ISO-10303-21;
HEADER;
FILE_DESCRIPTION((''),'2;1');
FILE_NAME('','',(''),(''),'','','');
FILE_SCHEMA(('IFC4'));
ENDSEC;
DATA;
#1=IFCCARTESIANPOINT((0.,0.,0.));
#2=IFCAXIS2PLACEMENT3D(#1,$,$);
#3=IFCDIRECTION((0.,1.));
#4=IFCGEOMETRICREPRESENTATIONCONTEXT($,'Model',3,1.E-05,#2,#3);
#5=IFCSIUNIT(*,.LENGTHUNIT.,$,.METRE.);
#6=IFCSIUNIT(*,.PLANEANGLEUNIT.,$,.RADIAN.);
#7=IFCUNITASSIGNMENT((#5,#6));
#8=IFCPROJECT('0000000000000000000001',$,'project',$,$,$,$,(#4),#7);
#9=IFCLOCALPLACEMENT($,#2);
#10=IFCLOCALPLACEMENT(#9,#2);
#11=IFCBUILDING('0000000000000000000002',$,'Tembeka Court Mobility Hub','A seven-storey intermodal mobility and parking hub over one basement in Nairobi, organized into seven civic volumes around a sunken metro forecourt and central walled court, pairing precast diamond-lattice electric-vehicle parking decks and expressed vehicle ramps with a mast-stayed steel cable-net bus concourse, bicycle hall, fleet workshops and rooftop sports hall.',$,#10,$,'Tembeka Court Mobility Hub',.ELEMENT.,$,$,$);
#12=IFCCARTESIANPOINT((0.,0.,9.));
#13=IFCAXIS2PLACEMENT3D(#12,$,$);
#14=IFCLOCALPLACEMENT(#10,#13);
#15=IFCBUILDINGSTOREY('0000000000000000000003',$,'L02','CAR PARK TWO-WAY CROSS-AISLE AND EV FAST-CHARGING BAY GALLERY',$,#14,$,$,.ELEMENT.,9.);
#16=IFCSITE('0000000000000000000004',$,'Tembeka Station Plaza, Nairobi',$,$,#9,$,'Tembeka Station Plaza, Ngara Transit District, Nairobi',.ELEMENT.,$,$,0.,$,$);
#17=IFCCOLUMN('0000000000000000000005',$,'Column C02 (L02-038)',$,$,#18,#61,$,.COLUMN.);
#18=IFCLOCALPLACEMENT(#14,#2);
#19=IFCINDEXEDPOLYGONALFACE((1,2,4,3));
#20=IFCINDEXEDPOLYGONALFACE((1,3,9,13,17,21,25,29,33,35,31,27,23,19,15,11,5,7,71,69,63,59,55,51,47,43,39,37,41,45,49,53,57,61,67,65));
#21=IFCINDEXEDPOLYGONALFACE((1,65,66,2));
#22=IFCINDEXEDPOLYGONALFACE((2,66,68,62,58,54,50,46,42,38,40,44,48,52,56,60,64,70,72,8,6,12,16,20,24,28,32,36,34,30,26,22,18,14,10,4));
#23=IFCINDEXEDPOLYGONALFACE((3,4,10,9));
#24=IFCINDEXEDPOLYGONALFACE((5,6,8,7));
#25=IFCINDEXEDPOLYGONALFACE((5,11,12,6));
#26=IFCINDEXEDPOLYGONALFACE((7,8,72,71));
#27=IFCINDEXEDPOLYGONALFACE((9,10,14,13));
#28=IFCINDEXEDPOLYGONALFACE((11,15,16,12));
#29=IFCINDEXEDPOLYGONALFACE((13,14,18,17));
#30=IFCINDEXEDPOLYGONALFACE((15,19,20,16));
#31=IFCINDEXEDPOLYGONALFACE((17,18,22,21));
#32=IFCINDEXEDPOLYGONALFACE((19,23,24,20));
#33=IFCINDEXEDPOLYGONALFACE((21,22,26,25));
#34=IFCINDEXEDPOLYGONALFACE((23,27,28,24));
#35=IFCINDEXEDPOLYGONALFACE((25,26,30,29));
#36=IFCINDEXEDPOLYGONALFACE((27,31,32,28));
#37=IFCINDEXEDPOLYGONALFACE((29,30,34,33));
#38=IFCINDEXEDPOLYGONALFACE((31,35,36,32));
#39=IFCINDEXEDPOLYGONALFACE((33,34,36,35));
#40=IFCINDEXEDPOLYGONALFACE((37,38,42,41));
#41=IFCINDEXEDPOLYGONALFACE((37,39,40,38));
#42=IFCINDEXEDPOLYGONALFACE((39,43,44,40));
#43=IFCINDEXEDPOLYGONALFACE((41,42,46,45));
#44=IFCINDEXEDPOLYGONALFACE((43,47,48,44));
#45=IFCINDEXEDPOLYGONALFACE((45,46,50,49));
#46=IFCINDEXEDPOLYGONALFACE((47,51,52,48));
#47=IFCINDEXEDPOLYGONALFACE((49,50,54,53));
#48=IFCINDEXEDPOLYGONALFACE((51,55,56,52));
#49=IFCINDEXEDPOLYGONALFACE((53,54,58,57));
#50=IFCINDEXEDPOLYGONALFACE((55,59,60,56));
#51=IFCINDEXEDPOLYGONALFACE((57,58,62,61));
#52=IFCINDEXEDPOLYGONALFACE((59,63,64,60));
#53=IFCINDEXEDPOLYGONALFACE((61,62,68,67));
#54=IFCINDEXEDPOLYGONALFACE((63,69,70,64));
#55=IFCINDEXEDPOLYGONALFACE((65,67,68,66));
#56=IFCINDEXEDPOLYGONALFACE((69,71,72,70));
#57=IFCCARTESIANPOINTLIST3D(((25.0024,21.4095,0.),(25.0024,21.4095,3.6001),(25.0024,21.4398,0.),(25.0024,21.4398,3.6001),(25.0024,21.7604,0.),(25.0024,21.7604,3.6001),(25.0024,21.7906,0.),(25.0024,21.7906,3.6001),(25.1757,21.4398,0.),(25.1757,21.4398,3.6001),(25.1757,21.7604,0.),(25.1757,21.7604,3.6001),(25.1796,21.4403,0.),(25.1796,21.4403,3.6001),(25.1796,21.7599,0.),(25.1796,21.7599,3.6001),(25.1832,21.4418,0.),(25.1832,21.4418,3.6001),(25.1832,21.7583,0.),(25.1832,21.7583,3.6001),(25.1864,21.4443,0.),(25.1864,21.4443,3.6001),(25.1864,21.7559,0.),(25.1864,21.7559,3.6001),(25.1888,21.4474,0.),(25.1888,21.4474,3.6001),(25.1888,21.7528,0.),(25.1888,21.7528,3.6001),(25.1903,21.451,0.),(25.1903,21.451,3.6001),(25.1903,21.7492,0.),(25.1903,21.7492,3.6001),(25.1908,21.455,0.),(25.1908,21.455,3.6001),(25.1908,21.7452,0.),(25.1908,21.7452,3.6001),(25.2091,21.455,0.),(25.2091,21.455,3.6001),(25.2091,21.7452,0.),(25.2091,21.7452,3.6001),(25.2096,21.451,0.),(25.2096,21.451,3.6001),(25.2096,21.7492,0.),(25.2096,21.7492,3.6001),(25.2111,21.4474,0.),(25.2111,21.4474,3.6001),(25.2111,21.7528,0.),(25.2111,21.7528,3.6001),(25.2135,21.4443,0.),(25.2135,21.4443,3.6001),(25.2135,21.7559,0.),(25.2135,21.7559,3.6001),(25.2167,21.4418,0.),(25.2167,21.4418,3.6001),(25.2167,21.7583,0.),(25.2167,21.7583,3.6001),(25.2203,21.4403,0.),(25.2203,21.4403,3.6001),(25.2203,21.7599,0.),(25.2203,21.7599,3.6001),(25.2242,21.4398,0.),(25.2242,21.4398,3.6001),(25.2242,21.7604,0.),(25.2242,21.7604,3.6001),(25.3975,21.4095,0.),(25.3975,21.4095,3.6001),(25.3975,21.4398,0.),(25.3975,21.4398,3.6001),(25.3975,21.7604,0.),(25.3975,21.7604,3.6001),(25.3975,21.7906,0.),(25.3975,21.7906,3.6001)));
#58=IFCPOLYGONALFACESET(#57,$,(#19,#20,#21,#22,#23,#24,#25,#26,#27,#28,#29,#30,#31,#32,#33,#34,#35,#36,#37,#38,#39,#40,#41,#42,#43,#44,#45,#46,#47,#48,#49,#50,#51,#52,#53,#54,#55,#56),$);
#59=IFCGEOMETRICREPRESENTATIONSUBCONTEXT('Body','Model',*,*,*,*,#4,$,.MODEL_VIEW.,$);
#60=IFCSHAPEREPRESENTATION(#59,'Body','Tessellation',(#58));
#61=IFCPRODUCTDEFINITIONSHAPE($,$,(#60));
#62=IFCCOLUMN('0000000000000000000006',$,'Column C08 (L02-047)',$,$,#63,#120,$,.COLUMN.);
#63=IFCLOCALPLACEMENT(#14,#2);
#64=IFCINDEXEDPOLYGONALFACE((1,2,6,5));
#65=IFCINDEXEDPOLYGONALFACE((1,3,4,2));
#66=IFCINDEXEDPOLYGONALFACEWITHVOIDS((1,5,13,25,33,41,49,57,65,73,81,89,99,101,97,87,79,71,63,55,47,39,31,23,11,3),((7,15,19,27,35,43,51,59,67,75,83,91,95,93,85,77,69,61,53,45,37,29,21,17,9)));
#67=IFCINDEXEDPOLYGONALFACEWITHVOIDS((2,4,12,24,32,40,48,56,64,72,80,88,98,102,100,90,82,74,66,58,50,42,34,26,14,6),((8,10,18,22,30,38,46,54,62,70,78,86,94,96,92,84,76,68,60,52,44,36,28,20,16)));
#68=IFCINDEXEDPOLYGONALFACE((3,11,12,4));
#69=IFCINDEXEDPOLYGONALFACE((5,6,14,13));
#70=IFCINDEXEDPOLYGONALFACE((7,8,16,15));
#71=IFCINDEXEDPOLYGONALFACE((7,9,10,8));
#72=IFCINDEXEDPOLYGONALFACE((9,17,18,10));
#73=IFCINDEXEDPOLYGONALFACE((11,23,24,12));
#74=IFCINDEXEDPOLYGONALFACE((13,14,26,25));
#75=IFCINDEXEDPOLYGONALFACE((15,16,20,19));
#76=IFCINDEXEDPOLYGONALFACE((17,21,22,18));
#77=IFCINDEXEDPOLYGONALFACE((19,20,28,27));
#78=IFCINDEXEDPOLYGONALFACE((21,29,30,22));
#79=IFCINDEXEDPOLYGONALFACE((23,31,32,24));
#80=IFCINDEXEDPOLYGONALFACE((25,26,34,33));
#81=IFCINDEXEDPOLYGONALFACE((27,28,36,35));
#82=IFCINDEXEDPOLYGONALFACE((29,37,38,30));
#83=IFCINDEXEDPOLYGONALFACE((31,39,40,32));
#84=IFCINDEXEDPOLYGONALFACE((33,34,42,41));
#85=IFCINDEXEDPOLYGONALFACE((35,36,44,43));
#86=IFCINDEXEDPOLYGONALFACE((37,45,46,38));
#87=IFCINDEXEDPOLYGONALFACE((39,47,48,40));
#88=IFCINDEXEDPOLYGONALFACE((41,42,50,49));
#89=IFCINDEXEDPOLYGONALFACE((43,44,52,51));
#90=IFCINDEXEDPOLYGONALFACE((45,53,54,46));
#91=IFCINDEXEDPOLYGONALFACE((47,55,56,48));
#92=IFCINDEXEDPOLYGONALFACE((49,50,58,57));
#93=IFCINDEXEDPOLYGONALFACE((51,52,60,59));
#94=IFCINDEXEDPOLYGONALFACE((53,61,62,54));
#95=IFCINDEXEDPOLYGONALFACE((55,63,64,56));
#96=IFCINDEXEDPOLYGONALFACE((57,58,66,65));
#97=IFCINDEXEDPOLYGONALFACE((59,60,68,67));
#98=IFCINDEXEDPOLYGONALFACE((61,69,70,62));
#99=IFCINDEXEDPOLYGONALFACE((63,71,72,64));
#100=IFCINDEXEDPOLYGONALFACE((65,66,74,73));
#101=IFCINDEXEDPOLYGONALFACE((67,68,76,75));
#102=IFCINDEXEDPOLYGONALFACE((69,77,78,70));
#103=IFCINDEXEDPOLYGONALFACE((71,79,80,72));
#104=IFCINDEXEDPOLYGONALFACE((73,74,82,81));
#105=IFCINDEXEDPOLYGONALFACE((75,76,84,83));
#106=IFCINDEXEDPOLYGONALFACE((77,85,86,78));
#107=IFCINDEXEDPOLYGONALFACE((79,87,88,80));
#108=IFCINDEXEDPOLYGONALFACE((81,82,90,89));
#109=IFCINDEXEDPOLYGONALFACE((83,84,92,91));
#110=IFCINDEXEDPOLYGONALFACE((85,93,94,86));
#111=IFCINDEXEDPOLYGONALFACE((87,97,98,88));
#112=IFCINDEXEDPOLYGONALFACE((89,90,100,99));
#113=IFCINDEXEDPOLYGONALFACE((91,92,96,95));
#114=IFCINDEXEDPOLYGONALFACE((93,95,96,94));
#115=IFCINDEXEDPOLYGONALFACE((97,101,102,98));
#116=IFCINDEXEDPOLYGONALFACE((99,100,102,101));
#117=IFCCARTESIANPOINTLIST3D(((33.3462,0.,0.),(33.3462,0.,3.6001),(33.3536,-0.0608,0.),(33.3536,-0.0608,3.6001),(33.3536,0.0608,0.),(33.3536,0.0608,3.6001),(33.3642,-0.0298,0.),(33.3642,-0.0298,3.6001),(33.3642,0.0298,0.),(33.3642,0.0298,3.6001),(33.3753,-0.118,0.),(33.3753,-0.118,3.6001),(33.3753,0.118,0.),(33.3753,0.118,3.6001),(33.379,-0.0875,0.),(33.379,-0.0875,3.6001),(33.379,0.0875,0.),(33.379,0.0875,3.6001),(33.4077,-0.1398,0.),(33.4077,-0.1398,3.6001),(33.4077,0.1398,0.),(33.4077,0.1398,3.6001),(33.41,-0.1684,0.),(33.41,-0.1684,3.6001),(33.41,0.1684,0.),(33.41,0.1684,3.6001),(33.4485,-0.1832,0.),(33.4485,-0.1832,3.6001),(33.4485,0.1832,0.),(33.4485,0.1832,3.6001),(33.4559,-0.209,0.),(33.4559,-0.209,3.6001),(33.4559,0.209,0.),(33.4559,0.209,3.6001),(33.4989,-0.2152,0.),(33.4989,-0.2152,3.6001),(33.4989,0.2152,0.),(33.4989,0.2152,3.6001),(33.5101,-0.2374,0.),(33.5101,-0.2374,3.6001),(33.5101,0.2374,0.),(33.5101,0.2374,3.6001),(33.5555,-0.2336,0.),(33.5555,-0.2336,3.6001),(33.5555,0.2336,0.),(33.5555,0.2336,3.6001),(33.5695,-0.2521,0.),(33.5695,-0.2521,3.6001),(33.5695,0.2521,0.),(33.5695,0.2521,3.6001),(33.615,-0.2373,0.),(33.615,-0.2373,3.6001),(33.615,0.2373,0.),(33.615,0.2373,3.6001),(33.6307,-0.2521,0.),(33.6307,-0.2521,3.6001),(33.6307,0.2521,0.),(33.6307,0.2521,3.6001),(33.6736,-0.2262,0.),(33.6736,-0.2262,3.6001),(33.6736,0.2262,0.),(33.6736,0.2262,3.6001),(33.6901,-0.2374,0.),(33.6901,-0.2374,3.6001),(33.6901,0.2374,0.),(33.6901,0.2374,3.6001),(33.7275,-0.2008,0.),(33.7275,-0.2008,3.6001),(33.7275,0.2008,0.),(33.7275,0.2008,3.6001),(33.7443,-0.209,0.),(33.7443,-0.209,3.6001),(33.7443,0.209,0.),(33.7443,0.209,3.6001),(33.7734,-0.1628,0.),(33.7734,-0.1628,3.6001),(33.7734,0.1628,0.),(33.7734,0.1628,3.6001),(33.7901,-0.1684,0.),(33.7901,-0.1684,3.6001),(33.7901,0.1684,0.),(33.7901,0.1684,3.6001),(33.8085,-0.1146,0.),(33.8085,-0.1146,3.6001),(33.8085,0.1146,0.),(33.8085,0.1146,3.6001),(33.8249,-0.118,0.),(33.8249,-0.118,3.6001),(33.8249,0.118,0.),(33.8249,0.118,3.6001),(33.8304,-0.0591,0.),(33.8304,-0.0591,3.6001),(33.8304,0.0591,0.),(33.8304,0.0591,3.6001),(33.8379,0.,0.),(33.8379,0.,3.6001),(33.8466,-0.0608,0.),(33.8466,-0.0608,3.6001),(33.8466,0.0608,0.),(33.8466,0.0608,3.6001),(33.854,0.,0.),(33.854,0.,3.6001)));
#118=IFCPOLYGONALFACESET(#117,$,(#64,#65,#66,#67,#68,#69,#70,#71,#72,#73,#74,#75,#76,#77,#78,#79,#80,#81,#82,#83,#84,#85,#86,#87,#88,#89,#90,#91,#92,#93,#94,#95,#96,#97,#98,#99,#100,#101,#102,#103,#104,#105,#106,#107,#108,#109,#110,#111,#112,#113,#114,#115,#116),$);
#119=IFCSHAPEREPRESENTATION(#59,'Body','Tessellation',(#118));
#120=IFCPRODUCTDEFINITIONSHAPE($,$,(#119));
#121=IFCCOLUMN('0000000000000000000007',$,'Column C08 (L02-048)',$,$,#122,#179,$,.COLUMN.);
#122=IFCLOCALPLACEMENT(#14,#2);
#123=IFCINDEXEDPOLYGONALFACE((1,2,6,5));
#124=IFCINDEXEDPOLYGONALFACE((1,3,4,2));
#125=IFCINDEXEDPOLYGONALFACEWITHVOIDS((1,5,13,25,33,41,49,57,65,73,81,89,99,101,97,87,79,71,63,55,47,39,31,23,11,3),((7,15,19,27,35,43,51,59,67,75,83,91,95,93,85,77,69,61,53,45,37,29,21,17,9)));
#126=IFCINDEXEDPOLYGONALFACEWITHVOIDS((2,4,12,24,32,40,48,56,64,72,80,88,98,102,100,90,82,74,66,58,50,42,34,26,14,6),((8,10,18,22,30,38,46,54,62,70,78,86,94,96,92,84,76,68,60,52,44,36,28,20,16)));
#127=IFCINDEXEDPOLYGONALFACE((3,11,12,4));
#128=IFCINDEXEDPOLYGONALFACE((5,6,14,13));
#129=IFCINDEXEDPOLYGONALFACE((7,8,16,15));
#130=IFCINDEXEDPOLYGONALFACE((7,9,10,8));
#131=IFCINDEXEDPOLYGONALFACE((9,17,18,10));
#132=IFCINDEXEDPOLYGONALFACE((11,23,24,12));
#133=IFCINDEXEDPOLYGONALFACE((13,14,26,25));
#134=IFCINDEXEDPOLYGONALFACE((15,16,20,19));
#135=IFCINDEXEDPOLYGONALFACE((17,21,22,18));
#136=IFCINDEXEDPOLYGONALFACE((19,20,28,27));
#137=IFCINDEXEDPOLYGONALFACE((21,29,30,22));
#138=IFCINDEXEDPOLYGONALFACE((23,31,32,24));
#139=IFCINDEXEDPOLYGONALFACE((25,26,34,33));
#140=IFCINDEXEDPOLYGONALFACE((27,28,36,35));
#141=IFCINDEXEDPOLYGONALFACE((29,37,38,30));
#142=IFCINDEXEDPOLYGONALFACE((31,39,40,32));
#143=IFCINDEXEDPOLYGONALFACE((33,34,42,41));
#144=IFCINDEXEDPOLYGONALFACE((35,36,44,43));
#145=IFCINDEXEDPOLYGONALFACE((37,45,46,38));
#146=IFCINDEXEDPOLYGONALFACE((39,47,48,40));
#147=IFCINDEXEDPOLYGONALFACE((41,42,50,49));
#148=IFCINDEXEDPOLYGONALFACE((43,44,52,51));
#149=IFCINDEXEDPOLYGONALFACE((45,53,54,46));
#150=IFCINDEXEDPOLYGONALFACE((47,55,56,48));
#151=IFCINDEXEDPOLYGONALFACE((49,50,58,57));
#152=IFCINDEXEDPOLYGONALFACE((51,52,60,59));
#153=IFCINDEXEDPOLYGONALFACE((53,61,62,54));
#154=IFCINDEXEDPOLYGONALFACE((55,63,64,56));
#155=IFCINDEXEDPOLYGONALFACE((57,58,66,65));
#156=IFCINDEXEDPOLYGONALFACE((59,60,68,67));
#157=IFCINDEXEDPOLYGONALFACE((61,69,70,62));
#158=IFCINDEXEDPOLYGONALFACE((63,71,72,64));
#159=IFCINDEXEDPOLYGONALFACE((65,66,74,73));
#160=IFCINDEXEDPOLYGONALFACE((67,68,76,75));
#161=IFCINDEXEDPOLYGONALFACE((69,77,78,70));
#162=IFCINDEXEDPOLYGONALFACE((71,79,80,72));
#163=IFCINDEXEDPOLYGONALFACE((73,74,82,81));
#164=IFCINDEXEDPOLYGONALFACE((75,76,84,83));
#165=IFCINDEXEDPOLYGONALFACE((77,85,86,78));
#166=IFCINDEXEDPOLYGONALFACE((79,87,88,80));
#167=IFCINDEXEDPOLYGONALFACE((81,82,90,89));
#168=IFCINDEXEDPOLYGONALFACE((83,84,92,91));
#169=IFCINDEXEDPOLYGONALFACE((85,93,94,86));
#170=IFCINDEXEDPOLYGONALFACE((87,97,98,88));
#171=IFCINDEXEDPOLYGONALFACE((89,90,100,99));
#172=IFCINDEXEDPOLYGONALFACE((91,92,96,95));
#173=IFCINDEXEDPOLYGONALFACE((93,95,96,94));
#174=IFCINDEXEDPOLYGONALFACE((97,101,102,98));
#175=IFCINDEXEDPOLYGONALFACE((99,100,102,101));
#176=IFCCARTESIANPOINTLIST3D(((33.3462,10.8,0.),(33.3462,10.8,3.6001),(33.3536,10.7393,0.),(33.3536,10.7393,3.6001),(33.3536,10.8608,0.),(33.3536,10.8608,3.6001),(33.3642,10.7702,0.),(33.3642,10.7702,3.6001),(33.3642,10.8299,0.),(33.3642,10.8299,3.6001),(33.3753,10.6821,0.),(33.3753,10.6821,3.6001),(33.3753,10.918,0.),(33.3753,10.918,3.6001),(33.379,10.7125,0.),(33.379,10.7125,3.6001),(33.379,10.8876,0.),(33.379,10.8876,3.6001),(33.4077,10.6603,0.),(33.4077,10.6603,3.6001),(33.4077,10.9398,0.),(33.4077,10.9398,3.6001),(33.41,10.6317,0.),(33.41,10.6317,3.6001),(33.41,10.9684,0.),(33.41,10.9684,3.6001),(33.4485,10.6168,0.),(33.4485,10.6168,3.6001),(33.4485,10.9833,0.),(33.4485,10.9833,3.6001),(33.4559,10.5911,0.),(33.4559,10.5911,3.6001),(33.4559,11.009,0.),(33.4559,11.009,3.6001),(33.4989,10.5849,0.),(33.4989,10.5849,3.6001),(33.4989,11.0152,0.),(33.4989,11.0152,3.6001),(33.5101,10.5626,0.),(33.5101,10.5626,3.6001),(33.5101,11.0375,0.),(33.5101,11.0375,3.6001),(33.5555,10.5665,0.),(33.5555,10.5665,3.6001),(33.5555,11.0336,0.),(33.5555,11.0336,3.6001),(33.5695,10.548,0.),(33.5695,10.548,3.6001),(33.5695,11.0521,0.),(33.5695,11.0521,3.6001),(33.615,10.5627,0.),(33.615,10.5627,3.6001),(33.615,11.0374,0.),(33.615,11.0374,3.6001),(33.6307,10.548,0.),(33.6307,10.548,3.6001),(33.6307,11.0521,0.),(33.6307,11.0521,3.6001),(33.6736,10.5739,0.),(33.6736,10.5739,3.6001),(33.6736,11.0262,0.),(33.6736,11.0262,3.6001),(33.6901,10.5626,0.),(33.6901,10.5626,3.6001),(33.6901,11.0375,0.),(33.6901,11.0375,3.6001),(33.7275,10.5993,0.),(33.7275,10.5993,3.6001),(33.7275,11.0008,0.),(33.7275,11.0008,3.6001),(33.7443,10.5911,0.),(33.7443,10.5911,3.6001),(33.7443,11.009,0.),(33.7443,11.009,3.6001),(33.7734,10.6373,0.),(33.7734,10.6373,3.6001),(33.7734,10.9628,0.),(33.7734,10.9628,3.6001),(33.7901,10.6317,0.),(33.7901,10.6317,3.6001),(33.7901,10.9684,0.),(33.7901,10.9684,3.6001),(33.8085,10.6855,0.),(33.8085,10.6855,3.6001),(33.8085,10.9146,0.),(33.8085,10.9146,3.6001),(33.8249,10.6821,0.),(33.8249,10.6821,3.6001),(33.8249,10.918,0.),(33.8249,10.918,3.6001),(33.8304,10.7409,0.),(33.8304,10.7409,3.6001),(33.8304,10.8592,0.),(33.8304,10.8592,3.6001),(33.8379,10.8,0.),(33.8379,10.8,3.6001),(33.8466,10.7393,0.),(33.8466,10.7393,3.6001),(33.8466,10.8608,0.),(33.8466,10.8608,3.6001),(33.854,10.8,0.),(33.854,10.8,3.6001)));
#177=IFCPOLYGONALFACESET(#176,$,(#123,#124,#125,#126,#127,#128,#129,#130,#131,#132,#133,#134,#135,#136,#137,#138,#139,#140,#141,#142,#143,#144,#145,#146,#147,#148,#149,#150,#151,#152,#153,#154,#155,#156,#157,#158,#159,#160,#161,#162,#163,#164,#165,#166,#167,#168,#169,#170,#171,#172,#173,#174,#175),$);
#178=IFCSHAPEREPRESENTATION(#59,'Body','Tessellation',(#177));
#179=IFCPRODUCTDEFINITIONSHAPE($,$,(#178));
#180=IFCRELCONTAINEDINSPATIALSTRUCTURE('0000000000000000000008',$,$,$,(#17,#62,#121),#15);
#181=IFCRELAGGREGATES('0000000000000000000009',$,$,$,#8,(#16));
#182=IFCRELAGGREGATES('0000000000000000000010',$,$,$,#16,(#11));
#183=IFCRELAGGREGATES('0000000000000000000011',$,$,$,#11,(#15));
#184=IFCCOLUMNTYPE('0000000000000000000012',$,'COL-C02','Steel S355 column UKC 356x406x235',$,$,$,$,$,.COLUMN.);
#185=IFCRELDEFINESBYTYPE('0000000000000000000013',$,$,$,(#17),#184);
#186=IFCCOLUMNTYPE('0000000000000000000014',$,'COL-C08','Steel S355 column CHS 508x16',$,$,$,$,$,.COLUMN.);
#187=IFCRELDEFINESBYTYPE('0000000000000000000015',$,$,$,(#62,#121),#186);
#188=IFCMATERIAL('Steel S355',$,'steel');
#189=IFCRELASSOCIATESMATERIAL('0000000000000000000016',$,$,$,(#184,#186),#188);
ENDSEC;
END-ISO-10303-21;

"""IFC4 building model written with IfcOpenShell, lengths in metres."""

from ifc_helpers import new_model, si_unit, direction, frame, origin, origin_2d, place, context, subcontext, project, spatial, hollow_circle, i_section, extrude, material, material_profile, profile_set, type_object, element, save


model = new_model("IFC4")

# Units and contexts
model_context = context("Model", 3, precision=1e-05, world=origin(), true_north=direction((0.0, 1.0)))
body_context = subcontext(model_context, "Body", "Model", "MODEL_VIEW")
ifc_project = project(units=[si_unit("LENGTHUNIT", "METRE"), si_unit("PLANEANGLEUNIT", "RADIAN")], contexts=[model_context])

# Site, building, storey
site_placement = place(None, origin())
site = spatial("IfcSite", under=ifc_project, at=site_placement, Name="Tembeka Station Plaza, Nairobi", LongName="Tembeka Station Plaza, Ngara Transit District, Nairobi", CompositionType="ELEMENT", RefElevation=0.0)
building_placement = place(site_placement, origin())
building = spatial("IfcBuilding", under=site, at=building_placement, Name="Tembeka Court Mobility Hub", Description="A seven-storey intermodal mobility and parking hub over one basement in Nairobi, organized into seven civic volumes around a sunken metro forecourt and central walled court, pairing precast diamond-lattice electric-vehicle parking decks and expressed vehicle ramps with a mast-stayed steel cable-net bus concourse, bicycle hall, fleet workshops and rooftop sports hall.", LongName="Tembeka Court Mobility Hub", CompositionType="ELEMENT")
storey_placement = place(building_placement, frame((0.0, 0.0, 9.0)))
storey = spatial("IfcBuildingStorey", under=building, at=storey_placement, Name="L02", Description="CAR PARK TWO-WAY CROSS-AISLE AND EV FAST-CHARGING BAY GALLERY", CompositionType="ELEMENT", Elevation=9.0)

# Columns
ifc_material_1 = material(Name="Steel S355", Category="steel")
ifc_material_profile_1 = material_profile(ifc_material_1, i_section(OverallWidth=0.395, OverallDepth=0.3811, WebThickness=0.0183, FlangeThickness=0.0303, FilletRadius=0.0151, at=origin_2d()), Name="UKC 356x406x235")
ifc_profile_set_1 = profile_set([ifc_material_profile_1], Name="Steel S355")
column_type_1 = type_object("IfcColumnType", Name="COL-C02", Description="Steel S355 column UKC 356x406x235", PredefinedType="COLUMN", material=ifc_profile_set_1)
column_placement = place(storey_placement, frame((25.2, 21.6001, 0.0), z_axis=(0.0, 0.0, 1.0), x_axis=(1.0, 0.0, 0.0)))
element("IfcColumn", 1, at=column_placement, inside=storey, type_object=column_type_1, Name="Column C02 (L02-038)", PredefinedType="COLUMN", context=body_context, shape_type="SweptSolid", body=[
    extrude(i_section(OverallWidth=0.395, OverallDepth=0.3811, WebThickness=0.0183, FlangeThickness=0.0303, FilletRadius=0.0151, at=origin_2d()), origin(), (0.0, 0.0, 1.0), 3.6001),
])
ifc_material_profile_2 = material_profile(ifc_material_1, hollow_circle(Radius=0.2539, WallThickness=0.0161, at=origin_2d()), Name="CHS 508x16")
ifc_profile_set_2 = profile_set([ifc_material_profile_2], Name="Steel S355")
column_type_2 = type_object("IfcColumnType", Name="COL-C08", Description="Steel S355 column CHS 508x16", PredefinedType="COLUMN", material=ifc_profile_set_2)
for number, where, z_axis, x_axis, name in (
    (2, (33.6001, 0.0, 0.0), (0.0, 0.0, 1.0), (1.0, 0.0, 0.0), "Column C08 (L02-047)"),
    (3, (33.6001, 10.8, 0.0), (0.0, 0.0, 1.0), (1.0, 0.0, 0.0), "Column C08 (L02-048)"),
):
    element("IfcColumn", number, at=place(storey_placement, frame(where, z_axis=z_axis, x_axis=x_axis)), inside=storey, type_object=column_type_2, Name=name, PredefinedType="COLUMN", context=body_context, shape_type="SweptSolid", body=[
        extrude(hollow_circle(Radius=0.2539, WallThickness=0.0161, at=origin_2d()), origin(), (0.0, 0.0, 1.0), 3.6001),
    ])

save(model, "model.ifc")
